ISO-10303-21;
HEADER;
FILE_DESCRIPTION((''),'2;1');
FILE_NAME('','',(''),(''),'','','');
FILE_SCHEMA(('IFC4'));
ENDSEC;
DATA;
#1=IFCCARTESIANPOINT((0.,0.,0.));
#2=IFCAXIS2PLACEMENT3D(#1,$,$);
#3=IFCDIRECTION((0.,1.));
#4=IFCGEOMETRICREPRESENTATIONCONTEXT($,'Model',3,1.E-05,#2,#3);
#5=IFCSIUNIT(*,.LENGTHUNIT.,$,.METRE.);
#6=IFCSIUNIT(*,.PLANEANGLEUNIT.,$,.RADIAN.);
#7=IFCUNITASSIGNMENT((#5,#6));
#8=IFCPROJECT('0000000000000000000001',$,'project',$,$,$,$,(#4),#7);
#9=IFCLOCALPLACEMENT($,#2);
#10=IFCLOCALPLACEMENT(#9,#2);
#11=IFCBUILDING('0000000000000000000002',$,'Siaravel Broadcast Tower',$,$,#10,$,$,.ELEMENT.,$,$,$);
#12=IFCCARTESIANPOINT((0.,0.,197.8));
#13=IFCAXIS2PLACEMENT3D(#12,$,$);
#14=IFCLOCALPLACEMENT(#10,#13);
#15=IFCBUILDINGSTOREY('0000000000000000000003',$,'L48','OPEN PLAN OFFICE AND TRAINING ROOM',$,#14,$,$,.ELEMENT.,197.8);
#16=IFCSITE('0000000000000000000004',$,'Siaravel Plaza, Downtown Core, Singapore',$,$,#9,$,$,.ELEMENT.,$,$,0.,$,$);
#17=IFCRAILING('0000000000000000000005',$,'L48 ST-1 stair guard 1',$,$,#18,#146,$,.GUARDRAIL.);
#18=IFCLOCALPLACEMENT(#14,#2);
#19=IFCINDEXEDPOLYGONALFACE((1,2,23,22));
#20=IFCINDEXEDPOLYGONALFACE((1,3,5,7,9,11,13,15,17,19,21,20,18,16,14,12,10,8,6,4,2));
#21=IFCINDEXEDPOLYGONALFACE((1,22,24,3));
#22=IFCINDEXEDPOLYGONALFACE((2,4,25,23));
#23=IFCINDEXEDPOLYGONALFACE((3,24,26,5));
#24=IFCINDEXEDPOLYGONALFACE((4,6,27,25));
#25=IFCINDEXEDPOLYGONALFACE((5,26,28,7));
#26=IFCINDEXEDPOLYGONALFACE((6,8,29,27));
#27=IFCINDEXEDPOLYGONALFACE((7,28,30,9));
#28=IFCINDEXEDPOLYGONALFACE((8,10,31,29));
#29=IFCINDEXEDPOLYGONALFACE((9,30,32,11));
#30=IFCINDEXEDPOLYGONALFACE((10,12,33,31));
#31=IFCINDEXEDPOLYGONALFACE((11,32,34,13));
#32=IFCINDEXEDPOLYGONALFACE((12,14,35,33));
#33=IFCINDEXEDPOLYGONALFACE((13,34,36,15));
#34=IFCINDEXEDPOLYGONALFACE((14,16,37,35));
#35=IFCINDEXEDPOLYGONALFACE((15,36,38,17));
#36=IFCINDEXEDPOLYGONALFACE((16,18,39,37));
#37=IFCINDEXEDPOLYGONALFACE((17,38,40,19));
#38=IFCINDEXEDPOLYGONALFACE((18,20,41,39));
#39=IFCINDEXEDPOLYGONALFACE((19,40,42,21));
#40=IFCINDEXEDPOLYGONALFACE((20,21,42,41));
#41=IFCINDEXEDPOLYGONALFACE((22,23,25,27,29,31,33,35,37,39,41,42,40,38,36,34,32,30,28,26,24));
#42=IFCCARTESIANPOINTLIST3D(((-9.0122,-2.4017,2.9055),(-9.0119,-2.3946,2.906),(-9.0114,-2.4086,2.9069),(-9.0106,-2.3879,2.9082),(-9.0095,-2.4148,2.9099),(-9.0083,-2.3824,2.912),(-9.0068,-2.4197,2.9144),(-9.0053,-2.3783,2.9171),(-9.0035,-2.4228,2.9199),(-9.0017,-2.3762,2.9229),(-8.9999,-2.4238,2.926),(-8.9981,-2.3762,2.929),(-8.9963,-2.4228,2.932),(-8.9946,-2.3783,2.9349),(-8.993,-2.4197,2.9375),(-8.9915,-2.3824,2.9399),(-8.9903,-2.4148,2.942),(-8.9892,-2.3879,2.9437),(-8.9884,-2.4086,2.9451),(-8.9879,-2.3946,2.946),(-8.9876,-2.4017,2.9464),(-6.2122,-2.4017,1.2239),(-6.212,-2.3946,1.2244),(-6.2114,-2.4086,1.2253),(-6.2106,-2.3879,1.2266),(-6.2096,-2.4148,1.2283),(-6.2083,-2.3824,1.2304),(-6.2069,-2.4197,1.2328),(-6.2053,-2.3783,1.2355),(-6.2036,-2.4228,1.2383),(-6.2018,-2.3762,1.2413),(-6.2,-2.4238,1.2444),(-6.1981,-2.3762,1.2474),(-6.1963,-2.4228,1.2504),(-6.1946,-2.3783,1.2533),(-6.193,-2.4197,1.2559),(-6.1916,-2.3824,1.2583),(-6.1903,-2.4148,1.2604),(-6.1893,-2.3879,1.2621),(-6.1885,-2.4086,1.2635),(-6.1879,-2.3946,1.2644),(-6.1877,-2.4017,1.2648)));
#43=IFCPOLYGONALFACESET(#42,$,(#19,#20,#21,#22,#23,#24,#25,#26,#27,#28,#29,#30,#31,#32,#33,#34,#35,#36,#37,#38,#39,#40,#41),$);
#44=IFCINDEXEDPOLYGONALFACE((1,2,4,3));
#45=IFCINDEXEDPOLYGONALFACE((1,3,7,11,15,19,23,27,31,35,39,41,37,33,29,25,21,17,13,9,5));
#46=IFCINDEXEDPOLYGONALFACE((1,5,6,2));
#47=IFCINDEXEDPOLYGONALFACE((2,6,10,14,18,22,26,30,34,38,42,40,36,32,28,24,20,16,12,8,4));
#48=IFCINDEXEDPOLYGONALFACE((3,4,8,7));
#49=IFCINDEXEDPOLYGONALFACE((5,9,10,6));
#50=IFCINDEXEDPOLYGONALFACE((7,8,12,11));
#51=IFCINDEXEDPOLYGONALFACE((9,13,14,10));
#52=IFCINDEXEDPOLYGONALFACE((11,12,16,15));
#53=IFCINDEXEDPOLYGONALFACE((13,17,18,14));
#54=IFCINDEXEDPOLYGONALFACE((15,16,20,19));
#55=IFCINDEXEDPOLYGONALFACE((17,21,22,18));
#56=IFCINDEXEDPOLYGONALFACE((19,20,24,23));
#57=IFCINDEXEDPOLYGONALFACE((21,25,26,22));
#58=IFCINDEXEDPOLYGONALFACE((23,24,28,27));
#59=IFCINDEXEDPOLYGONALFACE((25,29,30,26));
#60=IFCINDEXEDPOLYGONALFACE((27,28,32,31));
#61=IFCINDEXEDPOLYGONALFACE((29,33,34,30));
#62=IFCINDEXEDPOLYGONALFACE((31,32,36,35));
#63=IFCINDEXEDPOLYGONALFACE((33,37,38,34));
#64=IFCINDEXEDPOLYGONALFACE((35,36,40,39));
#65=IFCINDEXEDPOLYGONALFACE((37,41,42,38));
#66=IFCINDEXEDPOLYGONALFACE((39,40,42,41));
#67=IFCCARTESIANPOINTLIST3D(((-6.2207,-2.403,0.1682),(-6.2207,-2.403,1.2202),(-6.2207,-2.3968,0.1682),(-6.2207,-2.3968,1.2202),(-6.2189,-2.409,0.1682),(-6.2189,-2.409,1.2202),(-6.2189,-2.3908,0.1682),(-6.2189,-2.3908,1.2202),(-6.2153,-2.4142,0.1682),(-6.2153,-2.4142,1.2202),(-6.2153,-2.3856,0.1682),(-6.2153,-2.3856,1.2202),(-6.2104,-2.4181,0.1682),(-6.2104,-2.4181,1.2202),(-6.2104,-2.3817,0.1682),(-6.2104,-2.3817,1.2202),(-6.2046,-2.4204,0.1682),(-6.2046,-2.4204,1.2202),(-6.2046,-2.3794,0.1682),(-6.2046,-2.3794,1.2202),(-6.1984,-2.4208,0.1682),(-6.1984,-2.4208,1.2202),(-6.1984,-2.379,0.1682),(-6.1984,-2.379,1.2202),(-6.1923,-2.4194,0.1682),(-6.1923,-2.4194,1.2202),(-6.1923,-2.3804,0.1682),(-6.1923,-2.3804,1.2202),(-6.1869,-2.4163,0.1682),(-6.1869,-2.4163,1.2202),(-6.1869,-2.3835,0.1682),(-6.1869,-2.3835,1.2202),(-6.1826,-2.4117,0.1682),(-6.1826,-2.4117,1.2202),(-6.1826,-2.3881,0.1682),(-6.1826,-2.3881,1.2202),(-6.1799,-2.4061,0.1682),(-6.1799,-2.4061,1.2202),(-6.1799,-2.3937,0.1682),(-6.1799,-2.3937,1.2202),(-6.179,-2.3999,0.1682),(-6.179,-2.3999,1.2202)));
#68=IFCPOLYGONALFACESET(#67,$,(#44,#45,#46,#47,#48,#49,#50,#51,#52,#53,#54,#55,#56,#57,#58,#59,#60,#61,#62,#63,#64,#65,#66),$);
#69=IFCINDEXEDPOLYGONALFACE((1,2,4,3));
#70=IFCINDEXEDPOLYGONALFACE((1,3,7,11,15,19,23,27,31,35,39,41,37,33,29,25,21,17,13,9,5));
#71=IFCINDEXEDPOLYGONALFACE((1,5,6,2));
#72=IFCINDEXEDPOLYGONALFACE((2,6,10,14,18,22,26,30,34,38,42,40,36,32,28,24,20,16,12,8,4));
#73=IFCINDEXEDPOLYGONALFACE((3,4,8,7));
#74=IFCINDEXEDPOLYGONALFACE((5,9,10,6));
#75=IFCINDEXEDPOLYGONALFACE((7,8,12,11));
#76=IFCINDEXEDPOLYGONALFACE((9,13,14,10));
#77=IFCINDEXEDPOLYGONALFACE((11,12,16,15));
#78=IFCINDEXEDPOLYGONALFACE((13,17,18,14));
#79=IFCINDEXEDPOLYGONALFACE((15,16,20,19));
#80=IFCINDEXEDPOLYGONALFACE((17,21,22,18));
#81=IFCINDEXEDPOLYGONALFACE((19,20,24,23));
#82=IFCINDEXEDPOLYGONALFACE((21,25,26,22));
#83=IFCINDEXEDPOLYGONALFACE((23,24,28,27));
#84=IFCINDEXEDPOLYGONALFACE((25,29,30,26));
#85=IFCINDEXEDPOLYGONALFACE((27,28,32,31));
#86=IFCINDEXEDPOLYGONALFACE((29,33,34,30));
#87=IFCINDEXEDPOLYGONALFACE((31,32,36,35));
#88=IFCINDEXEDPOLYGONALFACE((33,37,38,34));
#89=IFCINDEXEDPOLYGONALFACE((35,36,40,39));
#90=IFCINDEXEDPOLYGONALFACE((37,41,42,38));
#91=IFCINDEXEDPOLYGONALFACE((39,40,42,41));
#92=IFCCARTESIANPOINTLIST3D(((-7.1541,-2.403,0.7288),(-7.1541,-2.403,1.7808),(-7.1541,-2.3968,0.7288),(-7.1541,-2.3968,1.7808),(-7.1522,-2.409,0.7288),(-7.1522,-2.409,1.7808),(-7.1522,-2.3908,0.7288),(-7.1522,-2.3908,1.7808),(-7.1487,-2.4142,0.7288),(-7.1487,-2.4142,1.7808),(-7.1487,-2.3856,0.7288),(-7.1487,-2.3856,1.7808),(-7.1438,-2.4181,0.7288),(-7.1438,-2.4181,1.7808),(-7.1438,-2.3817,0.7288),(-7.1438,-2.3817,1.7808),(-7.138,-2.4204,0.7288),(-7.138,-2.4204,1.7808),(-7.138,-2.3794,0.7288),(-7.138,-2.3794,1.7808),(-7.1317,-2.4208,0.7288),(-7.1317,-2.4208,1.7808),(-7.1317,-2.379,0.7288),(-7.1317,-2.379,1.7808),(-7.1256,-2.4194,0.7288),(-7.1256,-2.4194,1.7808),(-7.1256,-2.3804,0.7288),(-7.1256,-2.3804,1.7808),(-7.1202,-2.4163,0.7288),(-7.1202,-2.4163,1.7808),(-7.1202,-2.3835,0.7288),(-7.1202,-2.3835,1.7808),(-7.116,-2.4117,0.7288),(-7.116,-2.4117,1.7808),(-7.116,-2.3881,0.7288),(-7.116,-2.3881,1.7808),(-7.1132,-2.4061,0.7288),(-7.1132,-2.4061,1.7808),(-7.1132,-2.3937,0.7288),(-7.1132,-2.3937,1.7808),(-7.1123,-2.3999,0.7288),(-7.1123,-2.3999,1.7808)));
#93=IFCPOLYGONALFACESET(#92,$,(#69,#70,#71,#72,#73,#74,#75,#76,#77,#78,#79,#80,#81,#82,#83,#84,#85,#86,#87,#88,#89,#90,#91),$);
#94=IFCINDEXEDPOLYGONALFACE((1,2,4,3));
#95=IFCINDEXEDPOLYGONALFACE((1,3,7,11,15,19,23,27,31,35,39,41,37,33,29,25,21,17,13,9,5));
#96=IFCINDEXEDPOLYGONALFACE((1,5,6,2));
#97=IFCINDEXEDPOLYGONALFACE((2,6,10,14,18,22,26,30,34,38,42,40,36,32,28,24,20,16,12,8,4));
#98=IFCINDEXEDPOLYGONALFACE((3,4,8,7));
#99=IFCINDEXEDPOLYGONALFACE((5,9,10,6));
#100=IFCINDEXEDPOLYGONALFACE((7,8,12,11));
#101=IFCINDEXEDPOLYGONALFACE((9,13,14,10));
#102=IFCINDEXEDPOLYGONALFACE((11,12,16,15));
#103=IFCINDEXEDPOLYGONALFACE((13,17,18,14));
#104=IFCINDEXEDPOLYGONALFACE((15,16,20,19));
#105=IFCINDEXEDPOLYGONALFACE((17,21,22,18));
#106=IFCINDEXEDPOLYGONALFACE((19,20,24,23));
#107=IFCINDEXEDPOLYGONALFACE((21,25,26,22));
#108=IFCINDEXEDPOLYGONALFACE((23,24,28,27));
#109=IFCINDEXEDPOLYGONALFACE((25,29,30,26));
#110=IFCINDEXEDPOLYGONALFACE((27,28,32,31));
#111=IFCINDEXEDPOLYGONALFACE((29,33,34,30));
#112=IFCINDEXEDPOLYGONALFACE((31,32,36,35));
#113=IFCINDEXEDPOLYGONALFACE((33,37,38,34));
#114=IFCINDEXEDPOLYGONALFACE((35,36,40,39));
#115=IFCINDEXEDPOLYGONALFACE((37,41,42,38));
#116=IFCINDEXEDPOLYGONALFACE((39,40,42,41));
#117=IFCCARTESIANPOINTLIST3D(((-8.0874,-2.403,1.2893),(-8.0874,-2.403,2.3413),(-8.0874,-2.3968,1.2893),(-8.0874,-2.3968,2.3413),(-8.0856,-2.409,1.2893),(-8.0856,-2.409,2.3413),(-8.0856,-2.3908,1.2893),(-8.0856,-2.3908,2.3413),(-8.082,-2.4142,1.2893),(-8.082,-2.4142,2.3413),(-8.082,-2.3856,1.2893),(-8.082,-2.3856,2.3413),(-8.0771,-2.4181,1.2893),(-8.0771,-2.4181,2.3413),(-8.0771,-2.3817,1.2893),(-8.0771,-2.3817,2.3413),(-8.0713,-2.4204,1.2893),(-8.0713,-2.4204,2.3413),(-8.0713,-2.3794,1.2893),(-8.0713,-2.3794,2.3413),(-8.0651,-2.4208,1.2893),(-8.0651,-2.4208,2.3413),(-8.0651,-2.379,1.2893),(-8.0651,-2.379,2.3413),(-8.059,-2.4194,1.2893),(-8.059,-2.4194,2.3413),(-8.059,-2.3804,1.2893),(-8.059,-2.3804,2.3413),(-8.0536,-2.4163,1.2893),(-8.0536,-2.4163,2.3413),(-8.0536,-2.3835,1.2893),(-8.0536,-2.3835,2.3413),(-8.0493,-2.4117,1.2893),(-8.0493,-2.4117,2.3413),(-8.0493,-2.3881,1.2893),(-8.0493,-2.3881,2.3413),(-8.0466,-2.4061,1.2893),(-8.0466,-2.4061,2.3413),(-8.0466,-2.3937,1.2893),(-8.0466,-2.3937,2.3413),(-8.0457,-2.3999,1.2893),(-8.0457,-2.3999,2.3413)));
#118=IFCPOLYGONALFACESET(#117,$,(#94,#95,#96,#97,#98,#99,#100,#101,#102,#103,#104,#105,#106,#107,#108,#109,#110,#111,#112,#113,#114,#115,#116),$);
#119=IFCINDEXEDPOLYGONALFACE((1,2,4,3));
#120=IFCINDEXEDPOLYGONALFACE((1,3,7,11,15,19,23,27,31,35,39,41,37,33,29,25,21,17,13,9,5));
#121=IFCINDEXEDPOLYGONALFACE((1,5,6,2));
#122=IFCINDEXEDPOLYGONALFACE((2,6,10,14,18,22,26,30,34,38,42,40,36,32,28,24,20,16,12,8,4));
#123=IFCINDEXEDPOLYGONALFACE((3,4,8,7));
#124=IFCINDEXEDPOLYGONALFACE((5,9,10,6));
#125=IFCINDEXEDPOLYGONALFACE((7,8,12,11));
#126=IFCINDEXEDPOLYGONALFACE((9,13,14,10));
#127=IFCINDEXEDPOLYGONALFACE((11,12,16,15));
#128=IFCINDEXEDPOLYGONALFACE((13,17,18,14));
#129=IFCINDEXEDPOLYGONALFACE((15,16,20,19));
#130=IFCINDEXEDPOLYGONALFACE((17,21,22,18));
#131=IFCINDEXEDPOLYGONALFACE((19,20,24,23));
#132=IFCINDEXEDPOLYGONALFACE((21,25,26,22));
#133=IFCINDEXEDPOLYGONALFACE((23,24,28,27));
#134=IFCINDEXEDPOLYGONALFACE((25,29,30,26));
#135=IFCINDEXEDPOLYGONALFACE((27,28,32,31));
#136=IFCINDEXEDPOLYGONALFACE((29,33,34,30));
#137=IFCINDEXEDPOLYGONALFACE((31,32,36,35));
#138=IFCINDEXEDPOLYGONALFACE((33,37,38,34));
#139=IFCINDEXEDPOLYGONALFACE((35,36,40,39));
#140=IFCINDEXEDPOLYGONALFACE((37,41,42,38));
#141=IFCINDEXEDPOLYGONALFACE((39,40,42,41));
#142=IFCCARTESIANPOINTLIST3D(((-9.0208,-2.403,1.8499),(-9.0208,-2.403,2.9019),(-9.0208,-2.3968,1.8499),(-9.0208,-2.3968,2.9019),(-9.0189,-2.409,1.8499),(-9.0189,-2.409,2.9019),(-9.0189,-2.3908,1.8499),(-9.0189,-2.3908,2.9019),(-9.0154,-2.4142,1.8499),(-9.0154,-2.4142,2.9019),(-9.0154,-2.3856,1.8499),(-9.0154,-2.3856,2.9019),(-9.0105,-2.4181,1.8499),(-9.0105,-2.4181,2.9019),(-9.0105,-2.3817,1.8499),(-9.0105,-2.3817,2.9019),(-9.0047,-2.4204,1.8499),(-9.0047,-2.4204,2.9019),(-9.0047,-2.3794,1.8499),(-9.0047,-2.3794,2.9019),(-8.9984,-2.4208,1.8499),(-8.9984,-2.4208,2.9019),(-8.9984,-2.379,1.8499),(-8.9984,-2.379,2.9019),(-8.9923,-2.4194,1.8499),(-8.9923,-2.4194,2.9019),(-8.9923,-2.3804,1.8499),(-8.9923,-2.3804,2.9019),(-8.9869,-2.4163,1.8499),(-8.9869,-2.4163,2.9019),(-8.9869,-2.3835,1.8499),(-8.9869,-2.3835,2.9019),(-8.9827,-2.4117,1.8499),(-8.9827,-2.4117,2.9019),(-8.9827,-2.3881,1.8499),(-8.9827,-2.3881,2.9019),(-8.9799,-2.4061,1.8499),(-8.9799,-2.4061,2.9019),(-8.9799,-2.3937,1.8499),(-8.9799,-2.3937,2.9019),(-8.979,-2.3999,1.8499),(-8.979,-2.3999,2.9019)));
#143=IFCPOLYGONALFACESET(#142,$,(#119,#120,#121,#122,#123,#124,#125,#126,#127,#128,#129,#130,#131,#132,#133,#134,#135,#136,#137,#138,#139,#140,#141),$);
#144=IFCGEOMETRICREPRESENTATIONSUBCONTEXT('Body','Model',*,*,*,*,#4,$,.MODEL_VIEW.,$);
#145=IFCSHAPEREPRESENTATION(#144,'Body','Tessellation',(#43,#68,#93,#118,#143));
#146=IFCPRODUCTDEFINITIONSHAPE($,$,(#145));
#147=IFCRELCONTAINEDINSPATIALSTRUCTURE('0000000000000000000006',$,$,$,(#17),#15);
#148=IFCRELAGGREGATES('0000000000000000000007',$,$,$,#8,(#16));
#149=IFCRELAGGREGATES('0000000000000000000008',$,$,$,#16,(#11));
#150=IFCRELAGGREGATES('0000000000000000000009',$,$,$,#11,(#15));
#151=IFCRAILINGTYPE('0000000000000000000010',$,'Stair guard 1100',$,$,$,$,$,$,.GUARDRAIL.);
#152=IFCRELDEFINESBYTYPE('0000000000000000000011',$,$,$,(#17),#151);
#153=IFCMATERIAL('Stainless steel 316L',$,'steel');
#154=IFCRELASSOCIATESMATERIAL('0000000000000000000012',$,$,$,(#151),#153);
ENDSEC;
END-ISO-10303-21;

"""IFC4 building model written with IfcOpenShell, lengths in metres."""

from ifc_helpers import new_model, si_unit, direction, frame, origin, origin_2d, place, context, subcontext, project, spatial, circle, extrude, material, type_object, element, save


model = new_model("IFC4")

# Units and contexts
model_context = context("Model", 3, precision=1e-05, world=origin(), true_north=direction((0.0, 1.0)))
body_context = subcontext(model_context, "Body", "Model", "MODEL_VIEW")
ifc_project = project(units=[si_unit("LENGTHUNIT", "METRE"), si_unit("PLANEANGLEUNIT", "RADIAN")], contexts=[model_context])

# Site, building, storey
site_placement = place(None, origin())
site = spatial("IfcSite", under=ifc_project, at=site_placement, Name="Siaravel Plaza, Downtown Core, Singapore", CompositionType="ELEMENT", RefElevation=0.0)
building_placement = place(site_placement, origin())
building = spatial("IfcBuilding", under=site, at=building_placement, Name="Siaravel Broadcast Tower", CompositionType="ELEMENT")
storey_placement = place(building_placement, frame((0.0, 0.0, 197.8)))
storey = spatial("IfcBuildingStorey", under=building, at=storey_placement, Name="L48", Description="OPEN PLAN OFFICE AND TRAINING ROOM", CompositionType="ELEMENT", Elevation=197.8)

# Shared definitions
ifc_material_1 = material(Name="Stainless steel 316L", Category="steel")

# Railing
railing_type_1 = type_object("IfcRailingType", Name="Stair guard 1100", PredefinedType="GUARDRAIL", material=ifc_material_1)
railing_1_placement = place(storey_placement, frame((-6.2, -2.3999, 0.1682)))
element("IfcRailing", 1, at=railing_1_placement, inside=storey, type_object=railing_type_1, Name="L48 ST-1 stair guard 1", PredefinedType="GUARDRAIL", context=body_context, shape_type="SweptSolid", body=[
    extrude(circle(Radius=0.0239, at=origin_2d()), frame((0.0, 0.0, 1.0762), z_axis=(-0.857275, 0.0, 0.514858), x_axis=(0.0, -1.0, 0.0)), (0.0, 0.0, 1.0), 3.2661),
    extrude(circle(Radius=0.021, at=origin_2d()), origin(), (0.0, 0.0, 1.0), 1.052),
    extrude(circle(Radius=0.021, at=origin_2d()), frame((-0.9333, 0.0, 0.5605)), (0.0, 0.0, 1.0), 1.052),
    extrude(circle(Radius=0.021, at=origin_2d()), frame((-1.8667, 0.0, 1.1211)), (0.0, 0.0, 1.0), 1.052),
    extrude(circle(Radius=0.021, at=origin_2d()), frame((-2.8, 0.0, 1.6816)), (0.0, 0.0, 1.0), 1.052),
])

save(model, "model.ifc")
